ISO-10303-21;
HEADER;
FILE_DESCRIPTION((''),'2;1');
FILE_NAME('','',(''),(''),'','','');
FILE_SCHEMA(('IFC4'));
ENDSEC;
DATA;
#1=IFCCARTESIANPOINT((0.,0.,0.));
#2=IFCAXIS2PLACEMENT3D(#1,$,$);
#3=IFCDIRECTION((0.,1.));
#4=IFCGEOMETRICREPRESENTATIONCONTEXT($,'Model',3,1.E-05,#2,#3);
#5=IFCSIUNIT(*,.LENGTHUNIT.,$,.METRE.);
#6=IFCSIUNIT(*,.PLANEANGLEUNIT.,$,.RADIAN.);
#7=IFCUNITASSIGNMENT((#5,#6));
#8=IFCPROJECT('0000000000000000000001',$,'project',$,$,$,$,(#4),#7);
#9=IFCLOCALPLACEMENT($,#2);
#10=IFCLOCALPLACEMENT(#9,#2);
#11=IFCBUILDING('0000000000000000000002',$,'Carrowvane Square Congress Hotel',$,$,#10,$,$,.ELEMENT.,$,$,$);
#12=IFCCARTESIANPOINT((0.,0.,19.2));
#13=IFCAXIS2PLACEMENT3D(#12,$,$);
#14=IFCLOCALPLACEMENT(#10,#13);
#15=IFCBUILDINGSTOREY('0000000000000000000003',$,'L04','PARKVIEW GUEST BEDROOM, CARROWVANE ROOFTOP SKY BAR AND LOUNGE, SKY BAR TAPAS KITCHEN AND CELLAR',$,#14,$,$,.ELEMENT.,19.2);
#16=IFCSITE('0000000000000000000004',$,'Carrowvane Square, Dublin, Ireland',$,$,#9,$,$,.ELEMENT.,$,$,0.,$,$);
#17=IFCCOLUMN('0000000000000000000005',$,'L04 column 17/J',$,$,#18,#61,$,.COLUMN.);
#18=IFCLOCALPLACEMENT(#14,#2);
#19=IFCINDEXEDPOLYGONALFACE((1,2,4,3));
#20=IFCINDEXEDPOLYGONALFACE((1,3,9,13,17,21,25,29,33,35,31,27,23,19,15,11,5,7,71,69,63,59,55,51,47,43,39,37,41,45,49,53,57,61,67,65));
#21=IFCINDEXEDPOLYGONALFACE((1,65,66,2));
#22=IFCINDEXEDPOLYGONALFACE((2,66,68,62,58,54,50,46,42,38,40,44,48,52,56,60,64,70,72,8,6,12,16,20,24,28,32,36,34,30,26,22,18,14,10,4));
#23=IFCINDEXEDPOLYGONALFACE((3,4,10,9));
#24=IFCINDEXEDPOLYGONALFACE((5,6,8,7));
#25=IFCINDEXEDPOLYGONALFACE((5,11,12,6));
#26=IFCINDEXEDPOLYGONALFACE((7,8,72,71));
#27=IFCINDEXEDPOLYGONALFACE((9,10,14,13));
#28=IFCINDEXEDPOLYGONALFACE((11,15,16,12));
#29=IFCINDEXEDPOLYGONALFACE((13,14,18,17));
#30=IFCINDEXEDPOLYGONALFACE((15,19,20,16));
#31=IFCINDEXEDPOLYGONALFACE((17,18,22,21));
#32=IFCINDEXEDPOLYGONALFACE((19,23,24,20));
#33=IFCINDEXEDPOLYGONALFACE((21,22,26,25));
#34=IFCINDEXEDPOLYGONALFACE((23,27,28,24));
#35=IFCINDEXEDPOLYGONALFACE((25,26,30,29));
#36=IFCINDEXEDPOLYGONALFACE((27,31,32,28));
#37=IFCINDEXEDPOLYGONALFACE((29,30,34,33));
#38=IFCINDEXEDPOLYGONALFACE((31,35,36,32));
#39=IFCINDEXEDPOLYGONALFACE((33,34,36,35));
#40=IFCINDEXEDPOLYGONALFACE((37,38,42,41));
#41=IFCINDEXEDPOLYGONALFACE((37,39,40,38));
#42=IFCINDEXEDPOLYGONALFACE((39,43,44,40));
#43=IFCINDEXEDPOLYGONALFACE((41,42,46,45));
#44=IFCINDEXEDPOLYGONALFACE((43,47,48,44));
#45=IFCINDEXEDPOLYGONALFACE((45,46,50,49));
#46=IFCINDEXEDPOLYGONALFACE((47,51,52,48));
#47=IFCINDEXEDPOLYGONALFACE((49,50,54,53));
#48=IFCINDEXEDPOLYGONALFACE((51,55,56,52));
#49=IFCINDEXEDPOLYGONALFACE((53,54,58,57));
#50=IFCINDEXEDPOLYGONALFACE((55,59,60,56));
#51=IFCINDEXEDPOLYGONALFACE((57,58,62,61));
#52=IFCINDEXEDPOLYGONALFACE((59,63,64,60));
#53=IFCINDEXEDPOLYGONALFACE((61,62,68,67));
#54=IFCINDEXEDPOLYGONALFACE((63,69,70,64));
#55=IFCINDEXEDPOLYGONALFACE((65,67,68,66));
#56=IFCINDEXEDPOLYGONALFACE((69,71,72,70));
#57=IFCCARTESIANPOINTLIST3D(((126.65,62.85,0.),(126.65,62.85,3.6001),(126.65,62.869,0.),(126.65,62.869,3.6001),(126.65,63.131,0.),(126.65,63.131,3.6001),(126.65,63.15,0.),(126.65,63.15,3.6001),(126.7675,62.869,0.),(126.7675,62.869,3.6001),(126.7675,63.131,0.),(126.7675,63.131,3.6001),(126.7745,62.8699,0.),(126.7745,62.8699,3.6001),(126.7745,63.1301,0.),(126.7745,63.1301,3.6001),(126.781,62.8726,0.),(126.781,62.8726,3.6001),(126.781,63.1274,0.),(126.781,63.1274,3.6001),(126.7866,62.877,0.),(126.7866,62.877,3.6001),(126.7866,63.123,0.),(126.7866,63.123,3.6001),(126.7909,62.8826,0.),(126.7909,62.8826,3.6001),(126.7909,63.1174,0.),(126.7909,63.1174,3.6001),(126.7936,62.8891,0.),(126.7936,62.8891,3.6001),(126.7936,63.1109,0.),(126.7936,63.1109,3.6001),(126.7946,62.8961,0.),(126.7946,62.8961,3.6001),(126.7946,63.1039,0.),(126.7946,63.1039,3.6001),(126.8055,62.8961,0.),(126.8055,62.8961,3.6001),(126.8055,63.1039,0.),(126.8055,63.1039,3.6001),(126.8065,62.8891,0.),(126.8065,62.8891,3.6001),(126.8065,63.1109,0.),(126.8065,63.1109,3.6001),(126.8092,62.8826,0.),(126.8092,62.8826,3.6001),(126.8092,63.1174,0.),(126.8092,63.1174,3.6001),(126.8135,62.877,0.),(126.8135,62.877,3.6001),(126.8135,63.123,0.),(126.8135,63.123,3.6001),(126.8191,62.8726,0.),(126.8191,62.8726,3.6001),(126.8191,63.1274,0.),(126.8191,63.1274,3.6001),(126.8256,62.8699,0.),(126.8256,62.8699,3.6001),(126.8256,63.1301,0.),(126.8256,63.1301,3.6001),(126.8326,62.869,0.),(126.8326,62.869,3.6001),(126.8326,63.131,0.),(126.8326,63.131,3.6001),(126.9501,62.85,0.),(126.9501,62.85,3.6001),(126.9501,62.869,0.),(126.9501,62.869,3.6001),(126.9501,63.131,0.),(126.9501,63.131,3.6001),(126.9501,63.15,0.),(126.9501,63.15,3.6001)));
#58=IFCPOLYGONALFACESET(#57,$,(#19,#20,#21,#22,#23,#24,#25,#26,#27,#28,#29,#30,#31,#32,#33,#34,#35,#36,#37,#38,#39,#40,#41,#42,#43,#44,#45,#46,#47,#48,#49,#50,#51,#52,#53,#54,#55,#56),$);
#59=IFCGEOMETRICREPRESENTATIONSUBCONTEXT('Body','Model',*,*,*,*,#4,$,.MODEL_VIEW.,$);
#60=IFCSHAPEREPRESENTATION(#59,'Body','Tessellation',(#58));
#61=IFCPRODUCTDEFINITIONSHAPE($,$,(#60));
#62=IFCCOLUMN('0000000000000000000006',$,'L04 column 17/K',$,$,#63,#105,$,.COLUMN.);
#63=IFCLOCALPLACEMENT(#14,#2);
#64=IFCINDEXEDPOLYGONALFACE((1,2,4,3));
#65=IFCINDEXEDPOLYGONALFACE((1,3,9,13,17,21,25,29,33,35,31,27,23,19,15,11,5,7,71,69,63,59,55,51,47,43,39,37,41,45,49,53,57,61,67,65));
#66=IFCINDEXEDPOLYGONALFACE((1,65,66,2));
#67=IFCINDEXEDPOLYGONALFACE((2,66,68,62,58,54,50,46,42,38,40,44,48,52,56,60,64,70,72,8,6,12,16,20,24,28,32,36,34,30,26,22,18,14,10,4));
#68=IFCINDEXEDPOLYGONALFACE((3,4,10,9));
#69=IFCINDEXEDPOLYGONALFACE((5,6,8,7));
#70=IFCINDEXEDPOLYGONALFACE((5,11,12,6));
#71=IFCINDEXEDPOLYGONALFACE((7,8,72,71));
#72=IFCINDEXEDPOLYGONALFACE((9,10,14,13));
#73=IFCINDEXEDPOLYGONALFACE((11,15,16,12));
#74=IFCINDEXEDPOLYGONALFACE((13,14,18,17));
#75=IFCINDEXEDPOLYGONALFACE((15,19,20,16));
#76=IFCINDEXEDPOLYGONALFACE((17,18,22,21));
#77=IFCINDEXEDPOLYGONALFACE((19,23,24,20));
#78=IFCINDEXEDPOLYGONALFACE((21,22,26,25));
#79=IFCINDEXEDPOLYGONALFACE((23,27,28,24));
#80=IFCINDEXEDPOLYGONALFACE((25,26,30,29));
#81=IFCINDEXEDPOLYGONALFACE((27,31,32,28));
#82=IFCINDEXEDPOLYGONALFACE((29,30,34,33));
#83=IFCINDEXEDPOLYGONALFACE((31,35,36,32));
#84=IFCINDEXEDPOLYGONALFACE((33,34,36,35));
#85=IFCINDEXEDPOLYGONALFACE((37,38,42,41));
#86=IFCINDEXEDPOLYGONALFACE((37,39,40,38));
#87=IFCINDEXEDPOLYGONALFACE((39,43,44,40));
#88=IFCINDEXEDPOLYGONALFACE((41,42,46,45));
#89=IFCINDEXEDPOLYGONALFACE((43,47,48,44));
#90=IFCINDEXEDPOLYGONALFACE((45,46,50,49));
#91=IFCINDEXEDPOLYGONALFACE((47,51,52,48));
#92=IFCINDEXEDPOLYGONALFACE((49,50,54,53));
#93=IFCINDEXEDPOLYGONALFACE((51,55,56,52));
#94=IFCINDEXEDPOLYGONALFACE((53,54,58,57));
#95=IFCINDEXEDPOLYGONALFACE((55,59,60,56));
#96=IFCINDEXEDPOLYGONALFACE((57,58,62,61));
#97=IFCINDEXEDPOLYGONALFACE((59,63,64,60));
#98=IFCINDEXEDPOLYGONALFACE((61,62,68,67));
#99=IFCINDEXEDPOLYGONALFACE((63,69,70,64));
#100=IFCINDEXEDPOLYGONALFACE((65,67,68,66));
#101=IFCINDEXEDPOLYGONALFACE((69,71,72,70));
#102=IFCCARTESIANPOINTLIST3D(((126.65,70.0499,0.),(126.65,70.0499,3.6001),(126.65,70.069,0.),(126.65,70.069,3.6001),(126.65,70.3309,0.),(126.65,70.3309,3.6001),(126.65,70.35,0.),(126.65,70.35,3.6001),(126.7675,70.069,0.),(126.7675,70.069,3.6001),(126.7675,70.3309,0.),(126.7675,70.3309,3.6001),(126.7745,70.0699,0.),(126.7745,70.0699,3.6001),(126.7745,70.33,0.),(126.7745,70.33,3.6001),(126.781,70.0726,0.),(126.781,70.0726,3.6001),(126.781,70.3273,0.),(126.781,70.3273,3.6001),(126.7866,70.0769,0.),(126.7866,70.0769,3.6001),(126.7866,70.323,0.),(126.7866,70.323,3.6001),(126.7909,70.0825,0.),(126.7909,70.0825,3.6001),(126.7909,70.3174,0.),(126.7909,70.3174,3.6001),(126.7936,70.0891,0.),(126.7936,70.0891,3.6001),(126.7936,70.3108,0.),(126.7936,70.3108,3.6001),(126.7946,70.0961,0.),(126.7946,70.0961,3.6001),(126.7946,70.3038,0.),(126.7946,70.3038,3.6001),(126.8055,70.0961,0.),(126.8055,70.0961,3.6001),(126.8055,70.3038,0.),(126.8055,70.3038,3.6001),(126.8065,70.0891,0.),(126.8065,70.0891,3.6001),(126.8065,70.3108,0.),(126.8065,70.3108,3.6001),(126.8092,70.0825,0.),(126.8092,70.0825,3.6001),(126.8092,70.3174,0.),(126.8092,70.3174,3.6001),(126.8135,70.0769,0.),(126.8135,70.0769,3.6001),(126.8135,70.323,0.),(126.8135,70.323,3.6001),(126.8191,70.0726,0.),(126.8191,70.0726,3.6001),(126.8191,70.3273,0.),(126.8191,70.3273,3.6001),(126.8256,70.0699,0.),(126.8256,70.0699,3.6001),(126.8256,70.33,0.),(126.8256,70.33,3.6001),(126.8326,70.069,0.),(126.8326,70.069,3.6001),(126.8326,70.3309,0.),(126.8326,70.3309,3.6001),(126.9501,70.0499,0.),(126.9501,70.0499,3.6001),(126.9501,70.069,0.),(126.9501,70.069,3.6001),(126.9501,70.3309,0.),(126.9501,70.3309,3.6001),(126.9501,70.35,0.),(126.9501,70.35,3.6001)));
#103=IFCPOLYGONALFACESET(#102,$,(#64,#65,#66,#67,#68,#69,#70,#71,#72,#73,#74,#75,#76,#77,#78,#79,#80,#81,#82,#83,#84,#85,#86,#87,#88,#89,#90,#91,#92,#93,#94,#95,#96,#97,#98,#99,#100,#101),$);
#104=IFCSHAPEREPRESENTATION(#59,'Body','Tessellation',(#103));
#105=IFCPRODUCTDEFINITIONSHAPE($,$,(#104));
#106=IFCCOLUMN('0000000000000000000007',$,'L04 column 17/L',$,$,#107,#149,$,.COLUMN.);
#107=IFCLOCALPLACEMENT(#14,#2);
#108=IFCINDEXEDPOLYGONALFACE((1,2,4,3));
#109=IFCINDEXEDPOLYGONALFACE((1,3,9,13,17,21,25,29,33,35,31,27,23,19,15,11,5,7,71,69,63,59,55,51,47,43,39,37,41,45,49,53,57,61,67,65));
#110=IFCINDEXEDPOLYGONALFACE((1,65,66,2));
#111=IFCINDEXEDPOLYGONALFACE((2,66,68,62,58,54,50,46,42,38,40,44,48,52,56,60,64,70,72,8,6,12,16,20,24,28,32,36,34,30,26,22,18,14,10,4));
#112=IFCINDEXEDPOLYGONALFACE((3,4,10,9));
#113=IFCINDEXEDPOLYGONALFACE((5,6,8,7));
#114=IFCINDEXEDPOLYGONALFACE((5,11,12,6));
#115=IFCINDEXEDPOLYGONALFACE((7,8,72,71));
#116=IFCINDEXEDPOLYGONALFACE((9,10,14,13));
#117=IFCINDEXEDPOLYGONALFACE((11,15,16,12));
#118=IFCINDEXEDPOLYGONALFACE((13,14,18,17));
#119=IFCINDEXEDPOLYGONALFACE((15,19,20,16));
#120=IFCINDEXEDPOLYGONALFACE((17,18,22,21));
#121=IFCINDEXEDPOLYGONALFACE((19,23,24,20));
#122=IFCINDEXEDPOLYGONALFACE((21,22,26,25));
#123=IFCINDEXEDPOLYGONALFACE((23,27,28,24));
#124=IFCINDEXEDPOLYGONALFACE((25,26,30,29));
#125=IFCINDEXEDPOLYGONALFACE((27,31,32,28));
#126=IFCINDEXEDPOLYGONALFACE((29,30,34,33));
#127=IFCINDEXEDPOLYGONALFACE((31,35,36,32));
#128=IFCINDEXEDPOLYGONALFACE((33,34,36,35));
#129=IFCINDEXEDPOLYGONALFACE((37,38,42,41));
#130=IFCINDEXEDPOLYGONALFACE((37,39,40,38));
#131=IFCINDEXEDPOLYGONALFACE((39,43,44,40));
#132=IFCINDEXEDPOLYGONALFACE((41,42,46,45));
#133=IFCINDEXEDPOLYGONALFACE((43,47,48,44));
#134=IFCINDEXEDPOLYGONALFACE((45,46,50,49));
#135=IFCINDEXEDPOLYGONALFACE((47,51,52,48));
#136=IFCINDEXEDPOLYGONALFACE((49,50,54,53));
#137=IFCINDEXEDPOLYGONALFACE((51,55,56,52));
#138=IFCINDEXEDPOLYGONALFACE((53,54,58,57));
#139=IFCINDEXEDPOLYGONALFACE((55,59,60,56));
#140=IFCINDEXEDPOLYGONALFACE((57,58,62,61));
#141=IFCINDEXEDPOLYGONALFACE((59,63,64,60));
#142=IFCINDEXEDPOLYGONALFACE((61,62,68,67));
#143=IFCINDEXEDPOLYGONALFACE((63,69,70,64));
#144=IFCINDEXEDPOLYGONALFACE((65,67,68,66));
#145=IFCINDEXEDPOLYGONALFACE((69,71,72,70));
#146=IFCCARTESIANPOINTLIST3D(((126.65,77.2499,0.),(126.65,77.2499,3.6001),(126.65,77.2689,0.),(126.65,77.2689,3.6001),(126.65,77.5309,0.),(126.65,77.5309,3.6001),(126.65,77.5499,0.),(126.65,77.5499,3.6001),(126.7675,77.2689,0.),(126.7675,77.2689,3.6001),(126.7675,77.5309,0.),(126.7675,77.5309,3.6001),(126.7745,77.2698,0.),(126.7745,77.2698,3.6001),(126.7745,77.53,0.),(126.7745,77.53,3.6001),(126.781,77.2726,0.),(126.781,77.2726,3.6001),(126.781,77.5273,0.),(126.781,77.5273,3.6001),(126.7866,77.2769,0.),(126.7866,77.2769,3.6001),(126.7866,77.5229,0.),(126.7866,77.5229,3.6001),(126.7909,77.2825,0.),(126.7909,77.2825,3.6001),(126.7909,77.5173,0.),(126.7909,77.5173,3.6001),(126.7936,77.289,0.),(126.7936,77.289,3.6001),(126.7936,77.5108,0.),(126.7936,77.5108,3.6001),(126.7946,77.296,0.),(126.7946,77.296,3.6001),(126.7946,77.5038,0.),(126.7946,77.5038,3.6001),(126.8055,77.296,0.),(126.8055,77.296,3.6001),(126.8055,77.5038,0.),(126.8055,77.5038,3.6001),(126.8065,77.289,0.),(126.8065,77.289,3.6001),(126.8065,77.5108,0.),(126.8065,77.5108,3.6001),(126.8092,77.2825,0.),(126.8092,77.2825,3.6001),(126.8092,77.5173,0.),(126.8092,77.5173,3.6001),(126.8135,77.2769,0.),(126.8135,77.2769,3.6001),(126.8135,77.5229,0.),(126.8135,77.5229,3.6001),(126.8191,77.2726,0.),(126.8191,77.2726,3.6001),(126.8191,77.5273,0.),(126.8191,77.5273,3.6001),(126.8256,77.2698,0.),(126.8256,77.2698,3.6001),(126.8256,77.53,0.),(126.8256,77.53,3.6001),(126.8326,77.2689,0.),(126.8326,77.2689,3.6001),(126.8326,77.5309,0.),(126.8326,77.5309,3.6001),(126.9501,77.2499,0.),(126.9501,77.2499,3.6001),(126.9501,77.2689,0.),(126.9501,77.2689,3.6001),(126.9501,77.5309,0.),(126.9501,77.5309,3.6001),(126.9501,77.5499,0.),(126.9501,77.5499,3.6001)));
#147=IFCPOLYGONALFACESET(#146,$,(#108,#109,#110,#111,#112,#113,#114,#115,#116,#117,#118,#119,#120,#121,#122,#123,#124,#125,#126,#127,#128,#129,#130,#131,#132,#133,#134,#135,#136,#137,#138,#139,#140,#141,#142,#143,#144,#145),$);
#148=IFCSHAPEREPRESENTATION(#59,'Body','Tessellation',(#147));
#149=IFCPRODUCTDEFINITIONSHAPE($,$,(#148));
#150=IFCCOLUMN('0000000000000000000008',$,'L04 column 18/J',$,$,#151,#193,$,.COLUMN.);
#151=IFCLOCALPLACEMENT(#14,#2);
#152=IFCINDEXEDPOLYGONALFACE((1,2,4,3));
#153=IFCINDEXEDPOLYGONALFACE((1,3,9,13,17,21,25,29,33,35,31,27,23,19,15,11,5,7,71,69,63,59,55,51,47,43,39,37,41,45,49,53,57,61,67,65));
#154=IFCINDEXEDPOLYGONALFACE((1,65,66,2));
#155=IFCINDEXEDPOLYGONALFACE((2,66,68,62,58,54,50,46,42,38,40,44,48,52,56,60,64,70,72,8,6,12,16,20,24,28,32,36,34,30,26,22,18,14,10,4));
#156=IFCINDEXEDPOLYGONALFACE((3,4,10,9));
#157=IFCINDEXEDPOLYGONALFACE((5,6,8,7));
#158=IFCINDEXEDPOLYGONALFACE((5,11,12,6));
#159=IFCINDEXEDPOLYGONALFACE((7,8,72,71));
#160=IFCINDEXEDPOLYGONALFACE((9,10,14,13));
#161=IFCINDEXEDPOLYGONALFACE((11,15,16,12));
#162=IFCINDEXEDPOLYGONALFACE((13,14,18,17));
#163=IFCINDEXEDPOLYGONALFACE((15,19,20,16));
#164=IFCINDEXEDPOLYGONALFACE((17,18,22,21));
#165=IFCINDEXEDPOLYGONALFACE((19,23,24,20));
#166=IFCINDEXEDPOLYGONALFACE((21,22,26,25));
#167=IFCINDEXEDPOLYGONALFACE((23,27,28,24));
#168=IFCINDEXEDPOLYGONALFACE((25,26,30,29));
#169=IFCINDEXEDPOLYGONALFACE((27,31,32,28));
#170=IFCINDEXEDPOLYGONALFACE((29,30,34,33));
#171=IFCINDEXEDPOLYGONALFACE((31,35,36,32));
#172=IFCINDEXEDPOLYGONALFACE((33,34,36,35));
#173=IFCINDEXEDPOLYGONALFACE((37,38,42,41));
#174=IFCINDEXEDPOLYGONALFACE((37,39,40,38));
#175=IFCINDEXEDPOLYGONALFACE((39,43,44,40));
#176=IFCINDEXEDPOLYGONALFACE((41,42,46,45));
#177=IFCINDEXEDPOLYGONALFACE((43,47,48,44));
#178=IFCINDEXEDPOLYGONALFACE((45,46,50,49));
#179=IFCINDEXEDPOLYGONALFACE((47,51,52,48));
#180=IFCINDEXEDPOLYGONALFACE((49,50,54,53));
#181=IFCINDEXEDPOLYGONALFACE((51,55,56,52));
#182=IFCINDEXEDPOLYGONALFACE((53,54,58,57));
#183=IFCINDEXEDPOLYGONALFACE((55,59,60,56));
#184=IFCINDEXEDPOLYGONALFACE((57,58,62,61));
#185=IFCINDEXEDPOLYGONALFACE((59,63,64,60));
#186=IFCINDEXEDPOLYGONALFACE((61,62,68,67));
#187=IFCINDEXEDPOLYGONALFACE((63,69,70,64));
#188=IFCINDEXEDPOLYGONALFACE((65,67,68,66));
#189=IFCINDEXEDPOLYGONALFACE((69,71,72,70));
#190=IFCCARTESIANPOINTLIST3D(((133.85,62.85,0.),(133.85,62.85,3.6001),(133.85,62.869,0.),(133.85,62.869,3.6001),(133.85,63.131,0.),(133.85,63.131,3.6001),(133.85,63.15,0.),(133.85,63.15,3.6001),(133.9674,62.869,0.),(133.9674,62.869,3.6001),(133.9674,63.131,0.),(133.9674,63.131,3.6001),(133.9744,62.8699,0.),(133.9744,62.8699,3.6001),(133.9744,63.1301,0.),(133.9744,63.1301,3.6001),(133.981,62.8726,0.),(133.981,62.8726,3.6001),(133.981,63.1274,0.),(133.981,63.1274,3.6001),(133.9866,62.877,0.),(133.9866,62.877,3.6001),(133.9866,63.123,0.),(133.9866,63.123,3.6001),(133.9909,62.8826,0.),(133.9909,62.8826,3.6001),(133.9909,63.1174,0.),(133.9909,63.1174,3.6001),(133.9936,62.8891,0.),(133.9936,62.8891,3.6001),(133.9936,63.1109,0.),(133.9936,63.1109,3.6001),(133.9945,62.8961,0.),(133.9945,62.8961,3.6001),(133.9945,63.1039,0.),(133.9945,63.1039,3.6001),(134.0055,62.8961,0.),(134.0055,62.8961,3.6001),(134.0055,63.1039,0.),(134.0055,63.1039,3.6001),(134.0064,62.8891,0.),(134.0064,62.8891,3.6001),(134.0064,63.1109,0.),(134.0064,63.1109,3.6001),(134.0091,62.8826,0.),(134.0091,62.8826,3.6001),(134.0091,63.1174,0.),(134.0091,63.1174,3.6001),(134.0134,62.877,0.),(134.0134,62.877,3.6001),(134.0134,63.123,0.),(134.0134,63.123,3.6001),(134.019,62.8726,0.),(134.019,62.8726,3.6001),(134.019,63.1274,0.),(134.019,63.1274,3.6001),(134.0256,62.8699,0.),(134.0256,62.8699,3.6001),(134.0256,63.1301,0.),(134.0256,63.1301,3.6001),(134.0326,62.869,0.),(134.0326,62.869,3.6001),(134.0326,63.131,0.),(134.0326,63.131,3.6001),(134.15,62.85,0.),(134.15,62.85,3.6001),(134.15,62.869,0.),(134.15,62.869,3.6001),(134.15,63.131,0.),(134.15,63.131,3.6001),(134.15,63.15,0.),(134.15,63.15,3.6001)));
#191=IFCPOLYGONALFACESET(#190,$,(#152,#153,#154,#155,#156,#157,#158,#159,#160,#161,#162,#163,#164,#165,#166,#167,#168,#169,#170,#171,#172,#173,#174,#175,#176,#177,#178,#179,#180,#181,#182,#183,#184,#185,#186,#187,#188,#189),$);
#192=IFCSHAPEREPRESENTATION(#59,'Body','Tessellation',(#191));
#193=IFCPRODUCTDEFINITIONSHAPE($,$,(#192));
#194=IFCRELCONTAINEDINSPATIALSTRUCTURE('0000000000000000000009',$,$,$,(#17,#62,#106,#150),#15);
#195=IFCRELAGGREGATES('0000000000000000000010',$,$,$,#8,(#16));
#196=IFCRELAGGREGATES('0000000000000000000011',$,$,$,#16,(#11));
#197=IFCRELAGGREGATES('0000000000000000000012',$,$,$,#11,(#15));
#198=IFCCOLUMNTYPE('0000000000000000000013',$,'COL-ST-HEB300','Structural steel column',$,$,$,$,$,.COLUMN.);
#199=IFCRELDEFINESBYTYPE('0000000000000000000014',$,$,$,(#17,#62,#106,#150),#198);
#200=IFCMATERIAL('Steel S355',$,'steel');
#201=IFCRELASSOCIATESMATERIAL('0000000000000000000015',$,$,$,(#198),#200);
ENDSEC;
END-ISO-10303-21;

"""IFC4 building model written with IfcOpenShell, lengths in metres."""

from ifc_helpers import new_model, si_unit, direction, frame, origin, origin_2d, place, context, subcontext, project, spatial, i_section, extrude, material, material_profile, profile_set, type_object, element, save


model = new_model("IFC4")

# Units and contexts
model_context = context("Model", 3, precision=1e-05, world=origin(), true_north=direction((0.0, 1.0)))
body_context = subcontext(model_context, "Body", "Model", "MODEL_VIEW")
ifc_project = project(units=[si_unit("LENGTHUNIT", "METRE"), si_unit("PLANEANGLEUNIT", "RADIAN")], contexts=[model_context])

# Site, building, storey
site_placement = place(None, origin())
site = spatial("IfcSite", under=ifc_project, at=site_placement, Name="Carrowvane Square, Dublin, Ireland", CompositionType="ELEMENT", RefElevation=0.0)
building_placement = place(site_placement, origin())
building = spatial("IfcBuilding", under=site, at=building_placement, Name="Carrowvane Square Congress Hotel", CompositionType="ELEMENT")
storey_placement = place(building_placement, frame((0.0, 0.0, 19.2)))
storey = spatial("IfcBuildingStorey", under=building, at=storey_placement, Name="L04", Description="PARKVIEW GUEST BEDROOM, CARROWVANE ROOFTOP SKY BAR AND LOUNGE, SKY BAR TAPAS KITCHEN AND CELLAR", CompositionType="ELEMENT", Elevation=19.2)

# Columns
ifc_material_1 = material(Name="Steel S355", Category="steel")
ifc_material_profile_1 = material_profile(ifc_material_1, i_section(OverallWidth=0.3, OverallDepth=0.3, WebThickness=0.011, FlangeThickness=0.019, FilletRadius=0.0271, at=origin_2d()), Name="HEB 300")
ifc_profile_set_1 = profile_set([ifc_material_profile_1], Name="Steel S355")
column_type = type_object("IfcColumnType", Name="COL-ST-HEB300", Description="Structural steel column", PredefinedType="COLUMN", material=ifc_profile_set_1)
for number, where, z_axis, x_axis, name in (
    (1, (126.8, 63.0, 0.0), (0.0, 0.0, 1.0), (1.0, 0.0, 0.0), "L04 column 17/J"),
    (2, (126.8, 70.2, 0.0), (0.0, 0.0, 1.0), (1.0, 0.0, 0.0), "L04 column 17/K"),
    (3, (126.8, 77.3999, 0.0), (0.0, 0.0, 1.0), (1.0, 0.0, 0.0), "L04 column 17/L"),
    (4, (134.0, 63.0, 0.0), (0.0, 0.0, 1.0), (1.0, 0.0, 0.0), "L04 column 18/J"),
):
    element("IfcColumn", number, at=place(storey_placement, frame(where, z_axis=z_axis, x_axis=x_axis)), inside=storey, type_object=column_type, Name=name, PredefinedType="COLUMN", context=body_context, shape_type="SweptSolid", body=[
        extrude(i_section(OverallWidth=0.3, OverallDepth=0.3, WebThickness=0.011, FlangeThickness=0.019, FilletRadius=0.0271, at=origin_2d()), origin(), (0.0, 0.0, 1.0), 3.6001),
    ])

save(model, "model.ifc")
